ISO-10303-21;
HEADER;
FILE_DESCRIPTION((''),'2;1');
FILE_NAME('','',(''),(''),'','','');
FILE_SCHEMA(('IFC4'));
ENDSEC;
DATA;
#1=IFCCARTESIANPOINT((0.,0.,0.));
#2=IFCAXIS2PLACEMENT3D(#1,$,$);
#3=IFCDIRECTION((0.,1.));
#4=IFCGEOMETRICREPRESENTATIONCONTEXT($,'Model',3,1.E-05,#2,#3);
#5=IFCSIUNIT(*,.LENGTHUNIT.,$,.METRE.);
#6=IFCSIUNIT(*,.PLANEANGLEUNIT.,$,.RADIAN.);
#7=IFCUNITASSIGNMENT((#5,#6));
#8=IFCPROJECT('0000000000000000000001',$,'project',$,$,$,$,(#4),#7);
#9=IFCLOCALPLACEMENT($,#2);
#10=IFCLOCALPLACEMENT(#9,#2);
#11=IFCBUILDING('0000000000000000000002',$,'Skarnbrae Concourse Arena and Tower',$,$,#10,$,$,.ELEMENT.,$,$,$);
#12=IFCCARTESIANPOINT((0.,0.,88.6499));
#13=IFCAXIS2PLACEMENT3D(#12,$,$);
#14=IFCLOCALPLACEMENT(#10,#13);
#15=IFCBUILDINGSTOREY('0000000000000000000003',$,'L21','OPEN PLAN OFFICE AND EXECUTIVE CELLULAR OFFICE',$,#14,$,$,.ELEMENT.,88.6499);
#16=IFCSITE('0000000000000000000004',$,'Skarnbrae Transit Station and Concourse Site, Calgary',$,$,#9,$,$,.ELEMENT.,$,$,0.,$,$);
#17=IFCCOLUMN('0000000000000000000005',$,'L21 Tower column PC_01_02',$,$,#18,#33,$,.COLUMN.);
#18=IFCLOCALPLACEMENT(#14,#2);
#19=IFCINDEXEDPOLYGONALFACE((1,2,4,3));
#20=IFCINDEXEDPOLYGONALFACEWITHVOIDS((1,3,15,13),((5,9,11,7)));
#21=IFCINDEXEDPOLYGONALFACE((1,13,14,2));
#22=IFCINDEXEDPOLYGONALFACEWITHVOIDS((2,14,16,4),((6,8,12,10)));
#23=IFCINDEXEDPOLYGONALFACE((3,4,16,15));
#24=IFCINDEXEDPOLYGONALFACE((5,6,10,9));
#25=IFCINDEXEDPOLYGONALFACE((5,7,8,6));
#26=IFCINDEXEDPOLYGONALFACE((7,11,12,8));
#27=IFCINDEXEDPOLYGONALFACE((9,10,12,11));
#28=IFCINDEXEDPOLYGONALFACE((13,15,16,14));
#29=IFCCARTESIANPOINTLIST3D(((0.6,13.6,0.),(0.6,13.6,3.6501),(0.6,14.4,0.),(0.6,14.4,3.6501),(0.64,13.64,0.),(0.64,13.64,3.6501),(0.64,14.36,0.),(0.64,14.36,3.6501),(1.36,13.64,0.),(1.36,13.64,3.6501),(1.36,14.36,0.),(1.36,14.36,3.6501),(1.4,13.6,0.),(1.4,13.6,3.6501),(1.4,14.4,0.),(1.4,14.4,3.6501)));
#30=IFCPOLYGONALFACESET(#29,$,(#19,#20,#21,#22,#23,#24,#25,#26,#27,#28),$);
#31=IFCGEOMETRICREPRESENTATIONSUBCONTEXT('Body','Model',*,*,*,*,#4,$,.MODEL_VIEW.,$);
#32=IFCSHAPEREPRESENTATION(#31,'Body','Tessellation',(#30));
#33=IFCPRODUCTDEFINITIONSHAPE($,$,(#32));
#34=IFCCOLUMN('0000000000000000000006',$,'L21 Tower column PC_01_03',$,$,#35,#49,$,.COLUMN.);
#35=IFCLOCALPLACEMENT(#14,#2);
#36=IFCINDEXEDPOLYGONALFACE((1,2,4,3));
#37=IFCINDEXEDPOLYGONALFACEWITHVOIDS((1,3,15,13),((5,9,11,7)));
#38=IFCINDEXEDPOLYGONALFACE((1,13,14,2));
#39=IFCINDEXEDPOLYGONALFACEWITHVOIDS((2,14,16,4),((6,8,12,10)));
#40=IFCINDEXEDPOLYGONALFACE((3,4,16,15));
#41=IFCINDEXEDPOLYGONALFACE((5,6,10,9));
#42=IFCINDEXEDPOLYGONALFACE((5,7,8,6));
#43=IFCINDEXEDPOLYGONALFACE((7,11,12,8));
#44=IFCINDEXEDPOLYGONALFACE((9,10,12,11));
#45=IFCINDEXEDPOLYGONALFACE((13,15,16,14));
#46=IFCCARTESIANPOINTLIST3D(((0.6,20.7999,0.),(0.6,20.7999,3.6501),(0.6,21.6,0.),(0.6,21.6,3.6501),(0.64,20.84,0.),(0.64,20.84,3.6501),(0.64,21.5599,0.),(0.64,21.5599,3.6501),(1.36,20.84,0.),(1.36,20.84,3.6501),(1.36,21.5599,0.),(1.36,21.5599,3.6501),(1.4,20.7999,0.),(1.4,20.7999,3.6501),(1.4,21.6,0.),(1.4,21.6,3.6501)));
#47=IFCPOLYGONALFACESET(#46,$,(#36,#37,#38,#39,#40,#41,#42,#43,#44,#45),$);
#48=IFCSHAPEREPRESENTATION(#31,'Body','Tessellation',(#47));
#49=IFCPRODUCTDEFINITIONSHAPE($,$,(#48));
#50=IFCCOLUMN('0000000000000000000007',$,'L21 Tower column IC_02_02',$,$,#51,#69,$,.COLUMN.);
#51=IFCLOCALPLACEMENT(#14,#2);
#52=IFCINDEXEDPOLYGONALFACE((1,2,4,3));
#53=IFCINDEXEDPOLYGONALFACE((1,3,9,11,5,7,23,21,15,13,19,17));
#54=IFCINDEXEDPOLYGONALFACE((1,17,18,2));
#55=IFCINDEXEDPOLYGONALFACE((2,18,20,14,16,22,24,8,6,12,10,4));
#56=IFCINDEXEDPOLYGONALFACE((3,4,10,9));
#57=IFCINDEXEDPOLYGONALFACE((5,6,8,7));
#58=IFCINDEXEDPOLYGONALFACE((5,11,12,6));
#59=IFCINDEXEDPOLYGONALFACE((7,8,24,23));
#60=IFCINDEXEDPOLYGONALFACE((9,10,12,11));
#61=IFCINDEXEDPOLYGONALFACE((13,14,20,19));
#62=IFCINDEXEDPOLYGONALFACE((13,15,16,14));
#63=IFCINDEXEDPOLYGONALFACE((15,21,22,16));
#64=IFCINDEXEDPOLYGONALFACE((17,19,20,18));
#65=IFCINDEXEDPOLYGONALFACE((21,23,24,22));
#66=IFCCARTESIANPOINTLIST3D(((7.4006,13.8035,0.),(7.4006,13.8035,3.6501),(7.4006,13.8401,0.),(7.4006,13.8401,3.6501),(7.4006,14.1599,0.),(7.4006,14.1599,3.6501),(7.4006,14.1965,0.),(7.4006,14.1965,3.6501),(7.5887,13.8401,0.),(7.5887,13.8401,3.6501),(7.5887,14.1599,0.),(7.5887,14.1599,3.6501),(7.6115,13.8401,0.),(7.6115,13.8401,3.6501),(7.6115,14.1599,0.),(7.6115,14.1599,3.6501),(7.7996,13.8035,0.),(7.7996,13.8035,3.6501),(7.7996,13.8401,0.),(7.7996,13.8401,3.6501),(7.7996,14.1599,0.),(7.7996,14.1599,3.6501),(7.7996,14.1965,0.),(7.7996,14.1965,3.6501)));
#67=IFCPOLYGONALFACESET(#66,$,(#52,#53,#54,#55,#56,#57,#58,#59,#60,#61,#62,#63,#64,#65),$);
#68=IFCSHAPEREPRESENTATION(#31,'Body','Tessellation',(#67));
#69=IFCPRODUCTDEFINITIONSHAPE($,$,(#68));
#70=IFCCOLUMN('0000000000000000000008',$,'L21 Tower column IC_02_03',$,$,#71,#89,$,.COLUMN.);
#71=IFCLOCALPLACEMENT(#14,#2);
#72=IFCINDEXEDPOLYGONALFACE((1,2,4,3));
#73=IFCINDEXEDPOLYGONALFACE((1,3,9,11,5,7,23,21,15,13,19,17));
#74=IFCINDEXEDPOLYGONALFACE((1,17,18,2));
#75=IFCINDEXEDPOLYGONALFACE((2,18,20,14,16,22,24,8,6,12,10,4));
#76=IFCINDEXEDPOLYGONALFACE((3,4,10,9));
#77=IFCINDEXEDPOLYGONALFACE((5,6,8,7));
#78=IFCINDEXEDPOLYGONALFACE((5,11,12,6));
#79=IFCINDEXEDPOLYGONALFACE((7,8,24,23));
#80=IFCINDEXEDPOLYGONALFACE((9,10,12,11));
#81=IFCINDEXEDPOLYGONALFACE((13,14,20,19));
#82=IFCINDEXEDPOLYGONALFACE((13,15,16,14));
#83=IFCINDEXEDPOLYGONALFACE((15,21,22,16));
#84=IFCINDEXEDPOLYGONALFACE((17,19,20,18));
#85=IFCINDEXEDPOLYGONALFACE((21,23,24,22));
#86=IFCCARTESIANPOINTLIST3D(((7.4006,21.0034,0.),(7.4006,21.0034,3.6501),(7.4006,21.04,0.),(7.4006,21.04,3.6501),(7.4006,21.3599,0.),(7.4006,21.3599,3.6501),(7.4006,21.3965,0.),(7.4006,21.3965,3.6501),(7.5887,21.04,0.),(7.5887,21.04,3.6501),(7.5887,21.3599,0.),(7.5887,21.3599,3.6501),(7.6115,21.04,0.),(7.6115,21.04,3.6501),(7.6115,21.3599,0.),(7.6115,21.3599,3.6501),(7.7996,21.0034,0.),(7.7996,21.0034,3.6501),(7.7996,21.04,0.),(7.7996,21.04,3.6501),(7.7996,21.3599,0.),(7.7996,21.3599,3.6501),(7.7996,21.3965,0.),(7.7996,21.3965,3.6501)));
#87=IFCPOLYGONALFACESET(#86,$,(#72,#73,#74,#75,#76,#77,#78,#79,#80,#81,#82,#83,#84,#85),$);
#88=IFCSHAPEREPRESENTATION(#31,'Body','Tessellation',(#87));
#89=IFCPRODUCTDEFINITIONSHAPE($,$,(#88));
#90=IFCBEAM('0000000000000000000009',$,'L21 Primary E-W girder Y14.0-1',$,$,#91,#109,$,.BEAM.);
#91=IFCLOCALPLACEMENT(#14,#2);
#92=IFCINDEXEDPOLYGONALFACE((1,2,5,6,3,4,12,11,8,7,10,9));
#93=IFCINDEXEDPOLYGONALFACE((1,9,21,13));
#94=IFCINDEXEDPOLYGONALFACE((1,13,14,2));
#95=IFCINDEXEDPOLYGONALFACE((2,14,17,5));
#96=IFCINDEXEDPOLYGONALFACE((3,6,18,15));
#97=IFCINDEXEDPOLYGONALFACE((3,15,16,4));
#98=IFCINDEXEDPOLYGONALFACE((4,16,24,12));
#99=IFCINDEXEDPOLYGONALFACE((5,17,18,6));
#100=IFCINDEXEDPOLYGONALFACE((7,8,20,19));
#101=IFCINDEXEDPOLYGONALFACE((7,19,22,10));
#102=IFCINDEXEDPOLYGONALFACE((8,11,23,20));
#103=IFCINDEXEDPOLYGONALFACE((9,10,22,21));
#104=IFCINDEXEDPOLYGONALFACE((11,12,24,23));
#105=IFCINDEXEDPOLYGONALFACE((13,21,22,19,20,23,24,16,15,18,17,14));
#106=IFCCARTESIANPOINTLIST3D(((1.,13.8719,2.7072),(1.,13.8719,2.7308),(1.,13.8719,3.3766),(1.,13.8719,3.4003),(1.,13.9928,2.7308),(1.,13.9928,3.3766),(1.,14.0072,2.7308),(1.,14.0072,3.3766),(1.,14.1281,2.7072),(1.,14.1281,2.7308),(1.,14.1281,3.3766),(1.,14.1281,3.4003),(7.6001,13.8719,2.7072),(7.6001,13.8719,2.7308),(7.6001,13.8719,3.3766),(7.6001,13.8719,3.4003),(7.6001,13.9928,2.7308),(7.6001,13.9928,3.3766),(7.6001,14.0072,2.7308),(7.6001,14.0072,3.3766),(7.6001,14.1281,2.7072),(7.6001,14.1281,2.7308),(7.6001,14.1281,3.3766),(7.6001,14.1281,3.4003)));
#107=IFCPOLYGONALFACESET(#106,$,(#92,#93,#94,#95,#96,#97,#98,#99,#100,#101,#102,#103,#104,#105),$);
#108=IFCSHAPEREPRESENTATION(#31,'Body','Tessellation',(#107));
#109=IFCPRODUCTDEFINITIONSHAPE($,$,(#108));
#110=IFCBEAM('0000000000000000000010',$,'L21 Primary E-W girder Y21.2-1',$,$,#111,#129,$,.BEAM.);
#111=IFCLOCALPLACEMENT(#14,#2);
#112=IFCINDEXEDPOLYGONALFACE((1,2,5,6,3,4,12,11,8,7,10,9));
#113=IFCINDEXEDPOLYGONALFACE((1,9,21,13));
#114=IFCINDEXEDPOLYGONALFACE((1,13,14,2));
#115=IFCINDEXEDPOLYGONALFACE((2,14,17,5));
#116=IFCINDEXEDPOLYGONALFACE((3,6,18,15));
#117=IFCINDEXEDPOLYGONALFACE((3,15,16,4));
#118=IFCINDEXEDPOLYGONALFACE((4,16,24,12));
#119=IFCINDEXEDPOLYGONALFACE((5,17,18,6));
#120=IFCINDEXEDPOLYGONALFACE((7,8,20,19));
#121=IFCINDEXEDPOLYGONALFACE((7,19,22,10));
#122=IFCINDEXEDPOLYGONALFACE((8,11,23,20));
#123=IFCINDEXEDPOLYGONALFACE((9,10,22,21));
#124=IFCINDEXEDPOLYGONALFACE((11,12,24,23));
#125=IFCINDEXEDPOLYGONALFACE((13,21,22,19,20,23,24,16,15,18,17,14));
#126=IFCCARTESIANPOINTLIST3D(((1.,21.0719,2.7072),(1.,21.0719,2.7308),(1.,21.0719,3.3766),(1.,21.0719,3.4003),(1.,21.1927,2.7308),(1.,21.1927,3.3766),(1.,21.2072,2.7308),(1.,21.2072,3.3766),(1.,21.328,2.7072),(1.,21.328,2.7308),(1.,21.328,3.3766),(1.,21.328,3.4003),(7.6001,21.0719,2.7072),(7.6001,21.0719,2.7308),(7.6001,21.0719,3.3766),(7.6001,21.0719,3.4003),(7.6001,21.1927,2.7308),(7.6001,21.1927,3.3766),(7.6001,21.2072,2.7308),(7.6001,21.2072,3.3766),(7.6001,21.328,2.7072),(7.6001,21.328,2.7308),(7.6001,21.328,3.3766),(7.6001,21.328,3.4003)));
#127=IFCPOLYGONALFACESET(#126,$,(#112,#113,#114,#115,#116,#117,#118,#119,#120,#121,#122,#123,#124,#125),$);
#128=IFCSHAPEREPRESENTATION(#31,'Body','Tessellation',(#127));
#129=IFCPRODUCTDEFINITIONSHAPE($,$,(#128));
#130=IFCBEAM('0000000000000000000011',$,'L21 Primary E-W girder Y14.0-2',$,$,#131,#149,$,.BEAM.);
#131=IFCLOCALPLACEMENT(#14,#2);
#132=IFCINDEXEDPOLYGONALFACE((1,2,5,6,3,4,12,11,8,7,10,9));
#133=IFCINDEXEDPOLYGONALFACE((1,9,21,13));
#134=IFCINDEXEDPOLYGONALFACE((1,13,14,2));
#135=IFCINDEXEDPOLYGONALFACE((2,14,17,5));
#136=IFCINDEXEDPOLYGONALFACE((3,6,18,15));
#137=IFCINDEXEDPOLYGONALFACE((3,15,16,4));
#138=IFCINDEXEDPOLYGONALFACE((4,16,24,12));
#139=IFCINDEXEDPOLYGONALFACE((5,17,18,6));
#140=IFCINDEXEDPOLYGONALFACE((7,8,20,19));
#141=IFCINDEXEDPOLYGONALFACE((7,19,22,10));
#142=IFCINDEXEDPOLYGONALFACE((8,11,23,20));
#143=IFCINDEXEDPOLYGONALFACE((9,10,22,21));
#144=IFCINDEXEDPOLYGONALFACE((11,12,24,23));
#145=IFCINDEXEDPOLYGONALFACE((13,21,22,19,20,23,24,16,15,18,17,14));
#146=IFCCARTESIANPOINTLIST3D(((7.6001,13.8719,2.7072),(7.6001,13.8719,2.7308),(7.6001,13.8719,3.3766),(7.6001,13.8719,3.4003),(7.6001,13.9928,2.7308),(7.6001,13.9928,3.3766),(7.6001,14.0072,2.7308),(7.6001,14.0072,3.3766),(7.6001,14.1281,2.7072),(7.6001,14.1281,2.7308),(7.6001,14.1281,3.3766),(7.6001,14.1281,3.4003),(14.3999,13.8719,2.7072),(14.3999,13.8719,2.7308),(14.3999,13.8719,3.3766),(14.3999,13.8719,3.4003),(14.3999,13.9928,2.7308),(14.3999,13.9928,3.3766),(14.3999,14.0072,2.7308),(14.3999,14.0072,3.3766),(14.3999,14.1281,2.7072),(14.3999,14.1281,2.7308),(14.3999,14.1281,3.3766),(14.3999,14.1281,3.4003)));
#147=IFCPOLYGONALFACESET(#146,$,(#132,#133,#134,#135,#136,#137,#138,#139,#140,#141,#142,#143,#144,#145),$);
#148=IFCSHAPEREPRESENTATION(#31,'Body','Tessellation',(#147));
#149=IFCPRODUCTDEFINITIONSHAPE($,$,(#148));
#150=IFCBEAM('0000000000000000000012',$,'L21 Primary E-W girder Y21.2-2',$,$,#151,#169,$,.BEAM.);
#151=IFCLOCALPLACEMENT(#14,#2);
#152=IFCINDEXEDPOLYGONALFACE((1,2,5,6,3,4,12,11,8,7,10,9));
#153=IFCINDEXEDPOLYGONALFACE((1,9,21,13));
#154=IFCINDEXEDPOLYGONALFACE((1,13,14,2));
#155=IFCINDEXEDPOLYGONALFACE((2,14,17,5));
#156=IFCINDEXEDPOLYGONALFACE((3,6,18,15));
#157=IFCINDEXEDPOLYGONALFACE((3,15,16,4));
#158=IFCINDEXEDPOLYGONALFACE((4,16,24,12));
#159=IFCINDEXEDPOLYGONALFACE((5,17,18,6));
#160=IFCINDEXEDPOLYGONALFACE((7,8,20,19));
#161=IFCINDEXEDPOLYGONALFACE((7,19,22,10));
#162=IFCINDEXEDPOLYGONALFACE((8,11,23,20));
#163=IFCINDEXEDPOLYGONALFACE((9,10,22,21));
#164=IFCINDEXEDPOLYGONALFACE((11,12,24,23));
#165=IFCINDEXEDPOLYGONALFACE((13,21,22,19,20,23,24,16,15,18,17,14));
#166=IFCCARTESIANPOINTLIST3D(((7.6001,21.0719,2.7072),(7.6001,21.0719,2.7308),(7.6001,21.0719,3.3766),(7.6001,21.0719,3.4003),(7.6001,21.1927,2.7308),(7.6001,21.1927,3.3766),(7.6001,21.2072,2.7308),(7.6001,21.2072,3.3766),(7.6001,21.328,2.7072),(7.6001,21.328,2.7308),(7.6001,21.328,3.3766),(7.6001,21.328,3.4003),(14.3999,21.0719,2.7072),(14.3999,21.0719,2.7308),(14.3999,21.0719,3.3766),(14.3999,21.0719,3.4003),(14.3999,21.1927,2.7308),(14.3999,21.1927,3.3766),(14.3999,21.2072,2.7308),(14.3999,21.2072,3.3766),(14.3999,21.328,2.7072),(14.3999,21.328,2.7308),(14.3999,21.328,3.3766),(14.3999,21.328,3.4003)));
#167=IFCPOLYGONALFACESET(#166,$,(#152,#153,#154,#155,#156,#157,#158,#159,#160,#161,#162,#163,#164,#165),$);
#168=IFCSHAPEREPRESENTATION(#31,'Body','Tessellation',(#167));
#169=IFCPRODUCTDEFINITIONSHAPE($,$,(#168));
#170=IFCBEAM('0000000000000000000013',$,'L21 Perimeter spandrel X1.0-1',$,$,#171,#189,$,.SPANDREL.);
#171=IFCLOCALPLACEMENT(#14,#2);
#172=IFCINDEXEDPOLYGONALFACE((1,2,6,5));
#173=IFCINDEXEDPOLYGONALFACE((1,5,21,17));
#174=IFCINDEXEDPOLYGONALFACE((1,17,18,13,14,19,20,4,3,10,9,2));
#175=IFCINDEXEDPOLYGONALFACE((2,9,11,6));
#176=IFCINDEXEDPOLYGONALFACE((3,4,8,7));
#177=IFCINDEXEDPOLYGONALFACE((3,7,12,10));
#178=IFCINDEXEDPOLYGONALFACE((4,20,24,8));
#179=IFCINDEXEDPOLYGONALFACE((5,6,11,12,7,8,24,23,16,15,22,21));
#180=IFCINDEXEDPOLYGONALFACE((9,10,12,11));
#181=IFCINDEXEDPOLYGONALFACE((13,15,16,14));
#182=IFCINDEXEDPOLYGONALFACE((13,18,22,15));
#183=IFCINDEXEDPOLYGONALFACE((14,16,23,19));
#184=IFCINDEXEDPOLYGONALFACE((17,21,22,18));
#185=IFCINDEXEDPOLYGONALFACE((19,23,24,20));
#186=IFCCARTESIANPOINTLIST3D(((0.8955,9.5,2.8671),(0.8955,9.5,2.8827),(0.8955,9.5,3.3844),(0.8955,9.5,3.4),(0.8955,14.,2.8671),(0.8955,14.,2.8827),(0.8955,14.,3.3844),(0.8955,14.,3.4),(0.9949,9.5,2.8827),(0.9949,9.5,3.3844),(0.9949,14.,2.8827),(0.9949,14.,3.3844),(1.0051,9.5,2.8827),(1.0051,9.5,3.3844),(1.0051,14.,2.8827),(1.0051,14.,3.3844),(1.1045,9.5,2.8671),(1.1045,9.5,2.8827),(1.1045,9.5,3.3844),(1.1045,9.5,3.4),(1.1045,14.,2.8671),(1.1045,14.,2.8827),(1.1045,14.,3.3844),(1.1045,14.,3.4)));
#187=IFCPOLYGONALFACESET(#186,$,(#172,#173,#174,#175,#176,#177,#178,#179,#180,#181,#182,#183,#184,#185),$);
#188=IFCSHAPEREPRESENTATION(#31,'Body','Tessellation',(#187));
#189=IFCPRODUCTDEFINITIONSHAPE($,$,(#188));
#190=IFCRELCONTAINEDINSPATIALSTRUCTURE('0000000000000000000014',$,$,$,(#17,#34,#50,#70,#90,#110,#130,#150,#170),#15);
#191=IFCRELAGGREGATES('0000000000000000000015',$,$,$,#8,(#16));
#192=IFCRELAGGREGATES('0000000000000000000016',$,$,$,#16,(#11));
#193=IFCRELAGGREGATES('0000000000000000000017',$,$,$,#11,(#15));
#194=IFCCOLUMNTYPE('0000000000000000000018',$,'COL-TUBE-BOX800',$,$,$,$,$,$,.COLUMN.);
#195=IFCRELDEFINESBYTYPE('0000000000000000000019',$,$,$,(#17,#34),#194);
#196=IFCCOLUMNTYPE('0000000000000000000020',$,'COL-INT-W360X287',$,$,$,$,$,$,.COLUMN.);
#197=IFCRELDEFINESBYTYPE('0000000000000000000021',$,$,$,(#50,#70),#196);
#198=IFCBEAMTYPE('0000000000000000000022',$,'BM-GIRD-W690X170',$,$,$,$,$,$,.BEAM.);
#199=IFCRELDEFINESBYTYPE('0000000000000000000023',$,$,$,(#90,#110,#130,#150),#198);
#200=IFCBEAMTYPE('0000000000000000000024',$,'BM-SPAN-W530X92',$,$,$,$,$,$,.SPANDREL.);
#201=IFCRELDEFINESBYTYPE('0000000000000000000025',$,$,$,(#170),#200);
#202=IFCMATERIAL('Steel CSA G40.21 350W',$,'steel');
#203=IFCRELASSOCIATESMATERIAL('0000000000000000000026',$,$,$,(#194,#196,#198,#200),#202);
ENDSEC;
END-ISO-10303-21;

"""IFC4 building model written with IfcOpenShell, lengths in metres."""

from ifc_helpers import new_model, si_unit, direction, frame, origin, origin_2d, place, context, subcontext, project, spatial, hollow_rectangle, i_section, extrude, source, transform, mapped, material, material_profile, profile_set, type_object, element, save


model = new_model("IFC4")

# Units and contexts
model_context = context("Model", 3, precision=1e-05, world=origin(), true_north=direction((0.0, 1.0)))
body_context = subcontext(model_context, "Body", "Model", "MODEL_VIEW")
ifc_project = project(units=[si_unit("LENGTHUNIT", "METRE"), si_unit("PLANEANGLEUNIT", "RADIAN")], contexts=[model_context])

# Site, building, storey
site_placement = place(None, origin())
site = spatial("IfcSite", under=ifc_project, at=site_placement, Name="Skarnbrae Transit Station and Concourse Site, Calgary", CompositionType="ELEMENT", RefElevation=0.0)
building_placement = place(site_placement, origin())
building = spatial("IfcBuilding", under=site, at=building_placement, Name="Skarnbrae Concourse Arena and Tower", CompositionType="ELEMENT")
storey_placement = place(building_placement, frame((0.0, 0.0, 88.6499)))
storey = spatial("IfcBuildingStorey", under=building, at=storey_placement, Name="L21", Description="OPEN PLAN OFFICE AND EXECUTIVE CELLULAR OFFICE", CompositionType="ELEMENT", Elevation=88.6499)

# Columns
ifc_material_1 = material(Name="Steel CSA G40.21 350W", Category="steel")
ifc_material_profile_1 = material_profile(ifc_material_1, hollow_rectangle(XDim=0.8, YDim=0.8, WallThickness=0.04, at=origin_2d()), Name="BOX800X800X40")
ifc_profile_set_1 = profile_set([ifc_material_profile_1], Name="Steel CSA G40.21 350W")
column_type_1 = type_object("IfcColumnType", Name="COL-TUBE-BOX800", PredefinedType="COLUMN", material=ifc_profile_set_1)
shared_shape_1 = source(origin(), body_context, "Body", "SweptSolid", [
    extrude(hollow_rectangle(XDim=0.8, YDim=0.8, WallThickness=0.04, at=origin_2d()), origin(), (0.0, 0.0, 1.0), 3.6501),
])
for number, where, z_axis, x_axis, name in (
    (1, (1.0, 14.0, 0.0), (0.0, 0.0, 1.0), (1.0, 0.0, 0.0), "L21 Tower column PC_01_02"),
    (2, (1.0, 21.2, 0.0), (0.0, 0.0, 1.0), (1.0, 0.0, 0.0), "L21 Tower column PC_01_03"),
):
    element("IfcColumn", number, at=place(storey_placement, frame(where, z_axis=z_axis, x_axis=x_axis)), inside=storey, type_object=column_type_1, Name=name, PredefinedType="COLUMN", context=body_context, shape_type="MappedRepresentation", body=[
        mapped(shared_shape_1, transform((0.0, 0.0, 0.0))),
    ])
ifc_material_profile_2 = material_profile(ifc_material_1, i_section(OverallWidth=0.3989, OverallDepth=0.3931, WebThickness=0.0227, FlangeThickness=0.0366, at=origin_2d()), Name="W360X287")
ifc_profile_set_2 = profile_set([ifc_material_profile_2], Name="Steel CSA G40.21 350W")
column_type_2 = type_object("IfcColumnType", Name="COL-INT-W360X287", PredefinedType="COLUMN", material=ifc_profile_set_2)
shared_shape_2 = source(origin(), body_context, "Body", "SweptSolid", [
    extrude(i_section(OverallWidth=0.3989, OverallDepth=0.3931, WebThickness=0.0227, FlangeThickness=0.0366, at=origin_2d()), origin(), (0.0, 0.0, 1.0), 3.6501),
])
for number, where, z_axis, x_axis, name in (
    (3, (7.6001, 14.0, 0.0), (0.0, 0.0, 1.0), (1.0, 0.0, 0.0), "L21 Tower column IC_02_02"),
    (4, (7.6001, 21.2, 0.0), (0.0, 0.0, 1.0), (1.0, 0.0, 0.0), "L21 Tower column IC_02_03"),
):
    element("IfcColumn", number, at=place(storey_placement, frame(where, z_axis=z_axis, x_axis=x_axis)), inside=storey, type_object=column_type_2, Name=name, PredefinedType="COLUMN", context=body_context, shape_type="MappedRepresentation", body=[
        mapped(shared_shape_2, transform((0.0, 0.0, 0.0))),
    ])

# Beams
ifc_material_profile_3 = material_profile(ifc_material_1, i_section(OverallWidth=0.2561, OverallDepth=0.6931, WebThickness=0.0144, FlangeThickness=0.0237, at=origin_2d()), Name="W690X170")
ifc_profile_set_3 = profile_set([ifc_material_profile_3], Name="Steel CSA G40.21 350W")
beam_type_1 = type_object("IfcBeamType", Name="BM-GIRD-W690X170", PredefinedType="BEAM", material=ifc_profile_set_3)
shared_shape_3 = source(origin(), body_context, "Body", "SweptSolid", [
    extrude(i_section(OverallWidth=0.2561, OverallDepth=0.6931, WebThickness=0.0144, FlangeThickness=0.0237, at=origin_2d()), origin(), (0.0, 0.0, 1.0), 6.6001),
])
for number, where, z_axis, x_axis, name in (
    (5, (1.0, 14.0, 3.0537), (1.0, 0.0, 0.0), (0.0, 1.0, 0.0), "L21 Primary E-W girder Y14.0-1"),
    (6, (1.0, 21.2, 3.0537), (1.0, 0.0, 0.0), (0.0, 1.0, 0.0), "L21 Primary E-W girder Y21.2-1"),
):
    element("IfcBeam", number, at=place(storey_placement, frame(where, z_axis=z_axis, x_axis=x_axis)), inside=storey, type_object=beam_type_1, Name=name, PredefinedType="BEAM", context=body_context, shape_type="MappedRepresentation", body=[
        mapped(shared_shape_3, transform((0.0, 0.0, 0.0))),
    ])
shared_shape_4 = source(origin(), body_context, "Body", "SweptSolid", [
    extrude(i_section(OverallWidth=0.2561, OverallDepth=0.6931, WebThickness=0.0144, FlangeThickness=0.0237, at=origin_2d()), origin(), (0.0, 0.0, 1.0), 6.7998),
])
for number, where, z_axis, x_axis, name in (
    (7, (7.6001, 14.0, 3.0537), (1.0, 0.0, 0.0), (0.0, 1.0, 0.0), "L21 Primary E-W girder Y14.0-2"),
    (8, (7.6001, 21.2, 3.0537), (1.0, 0.0, 0.0), (0.0, 1.0, 0.0), "L21 Primary E-W girder Y21.2-2"),
):
    element("IfcBeam", number, at=place(storey_placement, frame(where, z_axis=z_axis, x_axis=x_axis)), inside=storey, type_object=beam_type_1, Name=name, PredefinedType="BEAM", context=body_context, shape_type="MappedRepresentation", body=[
        mapped(shared_shape_4, transform((0.0, 0.0, 0.0))),
    ])
ifc_material_profile_4 = material_profile(ifc_material_1, i_section(OverallWidth=0.209, OverallDepth=0.533, WebThickness=0.0103, FlangeThickness=0.0156, at=origin_2d()), Name="W530X92")
ifc_profile_set_4 = profile_set([ifc_material_profile_4], Name="Steel CSA G40.21 350W")
beam_type_2 = type_object("IfcBeamType", Name="BM-SPAN-W530X92", PredefinedType="SPANDREL", material=ifc_profile_set_4)
shared_shape_5 = source(origin(), body_context, "Body", "SweptSolid", [
    extrude(i_section(OverallWidth=0.209, OverallDepth=0.533, WebThickness=0.0103, FlangeThickness=0.0156, at=origin_2d()), origin(), (0.0, 0.0, 1.0), 4.5),
])
beam_1_placement = place(storey_placement, frame((1.0, 9.5, 3.1335), z_axis=(0.0, 1.0, 0.0), x_axis=(-1.0, 0.0, 0.0)))
element("IfcBeam", 9, at=beam_1_placement, inside=storey, type_object=beam_type_2, Name="L21 Perimeter spandrel X1.0-1", PredefinedType="SPANDREL", context=body_context, shape_type="MappedRepresentation", body=[
    mapped(shared_shape_5, transform((0.0, 0.0, 0.0))),
])

save(model, "model.ifc")
